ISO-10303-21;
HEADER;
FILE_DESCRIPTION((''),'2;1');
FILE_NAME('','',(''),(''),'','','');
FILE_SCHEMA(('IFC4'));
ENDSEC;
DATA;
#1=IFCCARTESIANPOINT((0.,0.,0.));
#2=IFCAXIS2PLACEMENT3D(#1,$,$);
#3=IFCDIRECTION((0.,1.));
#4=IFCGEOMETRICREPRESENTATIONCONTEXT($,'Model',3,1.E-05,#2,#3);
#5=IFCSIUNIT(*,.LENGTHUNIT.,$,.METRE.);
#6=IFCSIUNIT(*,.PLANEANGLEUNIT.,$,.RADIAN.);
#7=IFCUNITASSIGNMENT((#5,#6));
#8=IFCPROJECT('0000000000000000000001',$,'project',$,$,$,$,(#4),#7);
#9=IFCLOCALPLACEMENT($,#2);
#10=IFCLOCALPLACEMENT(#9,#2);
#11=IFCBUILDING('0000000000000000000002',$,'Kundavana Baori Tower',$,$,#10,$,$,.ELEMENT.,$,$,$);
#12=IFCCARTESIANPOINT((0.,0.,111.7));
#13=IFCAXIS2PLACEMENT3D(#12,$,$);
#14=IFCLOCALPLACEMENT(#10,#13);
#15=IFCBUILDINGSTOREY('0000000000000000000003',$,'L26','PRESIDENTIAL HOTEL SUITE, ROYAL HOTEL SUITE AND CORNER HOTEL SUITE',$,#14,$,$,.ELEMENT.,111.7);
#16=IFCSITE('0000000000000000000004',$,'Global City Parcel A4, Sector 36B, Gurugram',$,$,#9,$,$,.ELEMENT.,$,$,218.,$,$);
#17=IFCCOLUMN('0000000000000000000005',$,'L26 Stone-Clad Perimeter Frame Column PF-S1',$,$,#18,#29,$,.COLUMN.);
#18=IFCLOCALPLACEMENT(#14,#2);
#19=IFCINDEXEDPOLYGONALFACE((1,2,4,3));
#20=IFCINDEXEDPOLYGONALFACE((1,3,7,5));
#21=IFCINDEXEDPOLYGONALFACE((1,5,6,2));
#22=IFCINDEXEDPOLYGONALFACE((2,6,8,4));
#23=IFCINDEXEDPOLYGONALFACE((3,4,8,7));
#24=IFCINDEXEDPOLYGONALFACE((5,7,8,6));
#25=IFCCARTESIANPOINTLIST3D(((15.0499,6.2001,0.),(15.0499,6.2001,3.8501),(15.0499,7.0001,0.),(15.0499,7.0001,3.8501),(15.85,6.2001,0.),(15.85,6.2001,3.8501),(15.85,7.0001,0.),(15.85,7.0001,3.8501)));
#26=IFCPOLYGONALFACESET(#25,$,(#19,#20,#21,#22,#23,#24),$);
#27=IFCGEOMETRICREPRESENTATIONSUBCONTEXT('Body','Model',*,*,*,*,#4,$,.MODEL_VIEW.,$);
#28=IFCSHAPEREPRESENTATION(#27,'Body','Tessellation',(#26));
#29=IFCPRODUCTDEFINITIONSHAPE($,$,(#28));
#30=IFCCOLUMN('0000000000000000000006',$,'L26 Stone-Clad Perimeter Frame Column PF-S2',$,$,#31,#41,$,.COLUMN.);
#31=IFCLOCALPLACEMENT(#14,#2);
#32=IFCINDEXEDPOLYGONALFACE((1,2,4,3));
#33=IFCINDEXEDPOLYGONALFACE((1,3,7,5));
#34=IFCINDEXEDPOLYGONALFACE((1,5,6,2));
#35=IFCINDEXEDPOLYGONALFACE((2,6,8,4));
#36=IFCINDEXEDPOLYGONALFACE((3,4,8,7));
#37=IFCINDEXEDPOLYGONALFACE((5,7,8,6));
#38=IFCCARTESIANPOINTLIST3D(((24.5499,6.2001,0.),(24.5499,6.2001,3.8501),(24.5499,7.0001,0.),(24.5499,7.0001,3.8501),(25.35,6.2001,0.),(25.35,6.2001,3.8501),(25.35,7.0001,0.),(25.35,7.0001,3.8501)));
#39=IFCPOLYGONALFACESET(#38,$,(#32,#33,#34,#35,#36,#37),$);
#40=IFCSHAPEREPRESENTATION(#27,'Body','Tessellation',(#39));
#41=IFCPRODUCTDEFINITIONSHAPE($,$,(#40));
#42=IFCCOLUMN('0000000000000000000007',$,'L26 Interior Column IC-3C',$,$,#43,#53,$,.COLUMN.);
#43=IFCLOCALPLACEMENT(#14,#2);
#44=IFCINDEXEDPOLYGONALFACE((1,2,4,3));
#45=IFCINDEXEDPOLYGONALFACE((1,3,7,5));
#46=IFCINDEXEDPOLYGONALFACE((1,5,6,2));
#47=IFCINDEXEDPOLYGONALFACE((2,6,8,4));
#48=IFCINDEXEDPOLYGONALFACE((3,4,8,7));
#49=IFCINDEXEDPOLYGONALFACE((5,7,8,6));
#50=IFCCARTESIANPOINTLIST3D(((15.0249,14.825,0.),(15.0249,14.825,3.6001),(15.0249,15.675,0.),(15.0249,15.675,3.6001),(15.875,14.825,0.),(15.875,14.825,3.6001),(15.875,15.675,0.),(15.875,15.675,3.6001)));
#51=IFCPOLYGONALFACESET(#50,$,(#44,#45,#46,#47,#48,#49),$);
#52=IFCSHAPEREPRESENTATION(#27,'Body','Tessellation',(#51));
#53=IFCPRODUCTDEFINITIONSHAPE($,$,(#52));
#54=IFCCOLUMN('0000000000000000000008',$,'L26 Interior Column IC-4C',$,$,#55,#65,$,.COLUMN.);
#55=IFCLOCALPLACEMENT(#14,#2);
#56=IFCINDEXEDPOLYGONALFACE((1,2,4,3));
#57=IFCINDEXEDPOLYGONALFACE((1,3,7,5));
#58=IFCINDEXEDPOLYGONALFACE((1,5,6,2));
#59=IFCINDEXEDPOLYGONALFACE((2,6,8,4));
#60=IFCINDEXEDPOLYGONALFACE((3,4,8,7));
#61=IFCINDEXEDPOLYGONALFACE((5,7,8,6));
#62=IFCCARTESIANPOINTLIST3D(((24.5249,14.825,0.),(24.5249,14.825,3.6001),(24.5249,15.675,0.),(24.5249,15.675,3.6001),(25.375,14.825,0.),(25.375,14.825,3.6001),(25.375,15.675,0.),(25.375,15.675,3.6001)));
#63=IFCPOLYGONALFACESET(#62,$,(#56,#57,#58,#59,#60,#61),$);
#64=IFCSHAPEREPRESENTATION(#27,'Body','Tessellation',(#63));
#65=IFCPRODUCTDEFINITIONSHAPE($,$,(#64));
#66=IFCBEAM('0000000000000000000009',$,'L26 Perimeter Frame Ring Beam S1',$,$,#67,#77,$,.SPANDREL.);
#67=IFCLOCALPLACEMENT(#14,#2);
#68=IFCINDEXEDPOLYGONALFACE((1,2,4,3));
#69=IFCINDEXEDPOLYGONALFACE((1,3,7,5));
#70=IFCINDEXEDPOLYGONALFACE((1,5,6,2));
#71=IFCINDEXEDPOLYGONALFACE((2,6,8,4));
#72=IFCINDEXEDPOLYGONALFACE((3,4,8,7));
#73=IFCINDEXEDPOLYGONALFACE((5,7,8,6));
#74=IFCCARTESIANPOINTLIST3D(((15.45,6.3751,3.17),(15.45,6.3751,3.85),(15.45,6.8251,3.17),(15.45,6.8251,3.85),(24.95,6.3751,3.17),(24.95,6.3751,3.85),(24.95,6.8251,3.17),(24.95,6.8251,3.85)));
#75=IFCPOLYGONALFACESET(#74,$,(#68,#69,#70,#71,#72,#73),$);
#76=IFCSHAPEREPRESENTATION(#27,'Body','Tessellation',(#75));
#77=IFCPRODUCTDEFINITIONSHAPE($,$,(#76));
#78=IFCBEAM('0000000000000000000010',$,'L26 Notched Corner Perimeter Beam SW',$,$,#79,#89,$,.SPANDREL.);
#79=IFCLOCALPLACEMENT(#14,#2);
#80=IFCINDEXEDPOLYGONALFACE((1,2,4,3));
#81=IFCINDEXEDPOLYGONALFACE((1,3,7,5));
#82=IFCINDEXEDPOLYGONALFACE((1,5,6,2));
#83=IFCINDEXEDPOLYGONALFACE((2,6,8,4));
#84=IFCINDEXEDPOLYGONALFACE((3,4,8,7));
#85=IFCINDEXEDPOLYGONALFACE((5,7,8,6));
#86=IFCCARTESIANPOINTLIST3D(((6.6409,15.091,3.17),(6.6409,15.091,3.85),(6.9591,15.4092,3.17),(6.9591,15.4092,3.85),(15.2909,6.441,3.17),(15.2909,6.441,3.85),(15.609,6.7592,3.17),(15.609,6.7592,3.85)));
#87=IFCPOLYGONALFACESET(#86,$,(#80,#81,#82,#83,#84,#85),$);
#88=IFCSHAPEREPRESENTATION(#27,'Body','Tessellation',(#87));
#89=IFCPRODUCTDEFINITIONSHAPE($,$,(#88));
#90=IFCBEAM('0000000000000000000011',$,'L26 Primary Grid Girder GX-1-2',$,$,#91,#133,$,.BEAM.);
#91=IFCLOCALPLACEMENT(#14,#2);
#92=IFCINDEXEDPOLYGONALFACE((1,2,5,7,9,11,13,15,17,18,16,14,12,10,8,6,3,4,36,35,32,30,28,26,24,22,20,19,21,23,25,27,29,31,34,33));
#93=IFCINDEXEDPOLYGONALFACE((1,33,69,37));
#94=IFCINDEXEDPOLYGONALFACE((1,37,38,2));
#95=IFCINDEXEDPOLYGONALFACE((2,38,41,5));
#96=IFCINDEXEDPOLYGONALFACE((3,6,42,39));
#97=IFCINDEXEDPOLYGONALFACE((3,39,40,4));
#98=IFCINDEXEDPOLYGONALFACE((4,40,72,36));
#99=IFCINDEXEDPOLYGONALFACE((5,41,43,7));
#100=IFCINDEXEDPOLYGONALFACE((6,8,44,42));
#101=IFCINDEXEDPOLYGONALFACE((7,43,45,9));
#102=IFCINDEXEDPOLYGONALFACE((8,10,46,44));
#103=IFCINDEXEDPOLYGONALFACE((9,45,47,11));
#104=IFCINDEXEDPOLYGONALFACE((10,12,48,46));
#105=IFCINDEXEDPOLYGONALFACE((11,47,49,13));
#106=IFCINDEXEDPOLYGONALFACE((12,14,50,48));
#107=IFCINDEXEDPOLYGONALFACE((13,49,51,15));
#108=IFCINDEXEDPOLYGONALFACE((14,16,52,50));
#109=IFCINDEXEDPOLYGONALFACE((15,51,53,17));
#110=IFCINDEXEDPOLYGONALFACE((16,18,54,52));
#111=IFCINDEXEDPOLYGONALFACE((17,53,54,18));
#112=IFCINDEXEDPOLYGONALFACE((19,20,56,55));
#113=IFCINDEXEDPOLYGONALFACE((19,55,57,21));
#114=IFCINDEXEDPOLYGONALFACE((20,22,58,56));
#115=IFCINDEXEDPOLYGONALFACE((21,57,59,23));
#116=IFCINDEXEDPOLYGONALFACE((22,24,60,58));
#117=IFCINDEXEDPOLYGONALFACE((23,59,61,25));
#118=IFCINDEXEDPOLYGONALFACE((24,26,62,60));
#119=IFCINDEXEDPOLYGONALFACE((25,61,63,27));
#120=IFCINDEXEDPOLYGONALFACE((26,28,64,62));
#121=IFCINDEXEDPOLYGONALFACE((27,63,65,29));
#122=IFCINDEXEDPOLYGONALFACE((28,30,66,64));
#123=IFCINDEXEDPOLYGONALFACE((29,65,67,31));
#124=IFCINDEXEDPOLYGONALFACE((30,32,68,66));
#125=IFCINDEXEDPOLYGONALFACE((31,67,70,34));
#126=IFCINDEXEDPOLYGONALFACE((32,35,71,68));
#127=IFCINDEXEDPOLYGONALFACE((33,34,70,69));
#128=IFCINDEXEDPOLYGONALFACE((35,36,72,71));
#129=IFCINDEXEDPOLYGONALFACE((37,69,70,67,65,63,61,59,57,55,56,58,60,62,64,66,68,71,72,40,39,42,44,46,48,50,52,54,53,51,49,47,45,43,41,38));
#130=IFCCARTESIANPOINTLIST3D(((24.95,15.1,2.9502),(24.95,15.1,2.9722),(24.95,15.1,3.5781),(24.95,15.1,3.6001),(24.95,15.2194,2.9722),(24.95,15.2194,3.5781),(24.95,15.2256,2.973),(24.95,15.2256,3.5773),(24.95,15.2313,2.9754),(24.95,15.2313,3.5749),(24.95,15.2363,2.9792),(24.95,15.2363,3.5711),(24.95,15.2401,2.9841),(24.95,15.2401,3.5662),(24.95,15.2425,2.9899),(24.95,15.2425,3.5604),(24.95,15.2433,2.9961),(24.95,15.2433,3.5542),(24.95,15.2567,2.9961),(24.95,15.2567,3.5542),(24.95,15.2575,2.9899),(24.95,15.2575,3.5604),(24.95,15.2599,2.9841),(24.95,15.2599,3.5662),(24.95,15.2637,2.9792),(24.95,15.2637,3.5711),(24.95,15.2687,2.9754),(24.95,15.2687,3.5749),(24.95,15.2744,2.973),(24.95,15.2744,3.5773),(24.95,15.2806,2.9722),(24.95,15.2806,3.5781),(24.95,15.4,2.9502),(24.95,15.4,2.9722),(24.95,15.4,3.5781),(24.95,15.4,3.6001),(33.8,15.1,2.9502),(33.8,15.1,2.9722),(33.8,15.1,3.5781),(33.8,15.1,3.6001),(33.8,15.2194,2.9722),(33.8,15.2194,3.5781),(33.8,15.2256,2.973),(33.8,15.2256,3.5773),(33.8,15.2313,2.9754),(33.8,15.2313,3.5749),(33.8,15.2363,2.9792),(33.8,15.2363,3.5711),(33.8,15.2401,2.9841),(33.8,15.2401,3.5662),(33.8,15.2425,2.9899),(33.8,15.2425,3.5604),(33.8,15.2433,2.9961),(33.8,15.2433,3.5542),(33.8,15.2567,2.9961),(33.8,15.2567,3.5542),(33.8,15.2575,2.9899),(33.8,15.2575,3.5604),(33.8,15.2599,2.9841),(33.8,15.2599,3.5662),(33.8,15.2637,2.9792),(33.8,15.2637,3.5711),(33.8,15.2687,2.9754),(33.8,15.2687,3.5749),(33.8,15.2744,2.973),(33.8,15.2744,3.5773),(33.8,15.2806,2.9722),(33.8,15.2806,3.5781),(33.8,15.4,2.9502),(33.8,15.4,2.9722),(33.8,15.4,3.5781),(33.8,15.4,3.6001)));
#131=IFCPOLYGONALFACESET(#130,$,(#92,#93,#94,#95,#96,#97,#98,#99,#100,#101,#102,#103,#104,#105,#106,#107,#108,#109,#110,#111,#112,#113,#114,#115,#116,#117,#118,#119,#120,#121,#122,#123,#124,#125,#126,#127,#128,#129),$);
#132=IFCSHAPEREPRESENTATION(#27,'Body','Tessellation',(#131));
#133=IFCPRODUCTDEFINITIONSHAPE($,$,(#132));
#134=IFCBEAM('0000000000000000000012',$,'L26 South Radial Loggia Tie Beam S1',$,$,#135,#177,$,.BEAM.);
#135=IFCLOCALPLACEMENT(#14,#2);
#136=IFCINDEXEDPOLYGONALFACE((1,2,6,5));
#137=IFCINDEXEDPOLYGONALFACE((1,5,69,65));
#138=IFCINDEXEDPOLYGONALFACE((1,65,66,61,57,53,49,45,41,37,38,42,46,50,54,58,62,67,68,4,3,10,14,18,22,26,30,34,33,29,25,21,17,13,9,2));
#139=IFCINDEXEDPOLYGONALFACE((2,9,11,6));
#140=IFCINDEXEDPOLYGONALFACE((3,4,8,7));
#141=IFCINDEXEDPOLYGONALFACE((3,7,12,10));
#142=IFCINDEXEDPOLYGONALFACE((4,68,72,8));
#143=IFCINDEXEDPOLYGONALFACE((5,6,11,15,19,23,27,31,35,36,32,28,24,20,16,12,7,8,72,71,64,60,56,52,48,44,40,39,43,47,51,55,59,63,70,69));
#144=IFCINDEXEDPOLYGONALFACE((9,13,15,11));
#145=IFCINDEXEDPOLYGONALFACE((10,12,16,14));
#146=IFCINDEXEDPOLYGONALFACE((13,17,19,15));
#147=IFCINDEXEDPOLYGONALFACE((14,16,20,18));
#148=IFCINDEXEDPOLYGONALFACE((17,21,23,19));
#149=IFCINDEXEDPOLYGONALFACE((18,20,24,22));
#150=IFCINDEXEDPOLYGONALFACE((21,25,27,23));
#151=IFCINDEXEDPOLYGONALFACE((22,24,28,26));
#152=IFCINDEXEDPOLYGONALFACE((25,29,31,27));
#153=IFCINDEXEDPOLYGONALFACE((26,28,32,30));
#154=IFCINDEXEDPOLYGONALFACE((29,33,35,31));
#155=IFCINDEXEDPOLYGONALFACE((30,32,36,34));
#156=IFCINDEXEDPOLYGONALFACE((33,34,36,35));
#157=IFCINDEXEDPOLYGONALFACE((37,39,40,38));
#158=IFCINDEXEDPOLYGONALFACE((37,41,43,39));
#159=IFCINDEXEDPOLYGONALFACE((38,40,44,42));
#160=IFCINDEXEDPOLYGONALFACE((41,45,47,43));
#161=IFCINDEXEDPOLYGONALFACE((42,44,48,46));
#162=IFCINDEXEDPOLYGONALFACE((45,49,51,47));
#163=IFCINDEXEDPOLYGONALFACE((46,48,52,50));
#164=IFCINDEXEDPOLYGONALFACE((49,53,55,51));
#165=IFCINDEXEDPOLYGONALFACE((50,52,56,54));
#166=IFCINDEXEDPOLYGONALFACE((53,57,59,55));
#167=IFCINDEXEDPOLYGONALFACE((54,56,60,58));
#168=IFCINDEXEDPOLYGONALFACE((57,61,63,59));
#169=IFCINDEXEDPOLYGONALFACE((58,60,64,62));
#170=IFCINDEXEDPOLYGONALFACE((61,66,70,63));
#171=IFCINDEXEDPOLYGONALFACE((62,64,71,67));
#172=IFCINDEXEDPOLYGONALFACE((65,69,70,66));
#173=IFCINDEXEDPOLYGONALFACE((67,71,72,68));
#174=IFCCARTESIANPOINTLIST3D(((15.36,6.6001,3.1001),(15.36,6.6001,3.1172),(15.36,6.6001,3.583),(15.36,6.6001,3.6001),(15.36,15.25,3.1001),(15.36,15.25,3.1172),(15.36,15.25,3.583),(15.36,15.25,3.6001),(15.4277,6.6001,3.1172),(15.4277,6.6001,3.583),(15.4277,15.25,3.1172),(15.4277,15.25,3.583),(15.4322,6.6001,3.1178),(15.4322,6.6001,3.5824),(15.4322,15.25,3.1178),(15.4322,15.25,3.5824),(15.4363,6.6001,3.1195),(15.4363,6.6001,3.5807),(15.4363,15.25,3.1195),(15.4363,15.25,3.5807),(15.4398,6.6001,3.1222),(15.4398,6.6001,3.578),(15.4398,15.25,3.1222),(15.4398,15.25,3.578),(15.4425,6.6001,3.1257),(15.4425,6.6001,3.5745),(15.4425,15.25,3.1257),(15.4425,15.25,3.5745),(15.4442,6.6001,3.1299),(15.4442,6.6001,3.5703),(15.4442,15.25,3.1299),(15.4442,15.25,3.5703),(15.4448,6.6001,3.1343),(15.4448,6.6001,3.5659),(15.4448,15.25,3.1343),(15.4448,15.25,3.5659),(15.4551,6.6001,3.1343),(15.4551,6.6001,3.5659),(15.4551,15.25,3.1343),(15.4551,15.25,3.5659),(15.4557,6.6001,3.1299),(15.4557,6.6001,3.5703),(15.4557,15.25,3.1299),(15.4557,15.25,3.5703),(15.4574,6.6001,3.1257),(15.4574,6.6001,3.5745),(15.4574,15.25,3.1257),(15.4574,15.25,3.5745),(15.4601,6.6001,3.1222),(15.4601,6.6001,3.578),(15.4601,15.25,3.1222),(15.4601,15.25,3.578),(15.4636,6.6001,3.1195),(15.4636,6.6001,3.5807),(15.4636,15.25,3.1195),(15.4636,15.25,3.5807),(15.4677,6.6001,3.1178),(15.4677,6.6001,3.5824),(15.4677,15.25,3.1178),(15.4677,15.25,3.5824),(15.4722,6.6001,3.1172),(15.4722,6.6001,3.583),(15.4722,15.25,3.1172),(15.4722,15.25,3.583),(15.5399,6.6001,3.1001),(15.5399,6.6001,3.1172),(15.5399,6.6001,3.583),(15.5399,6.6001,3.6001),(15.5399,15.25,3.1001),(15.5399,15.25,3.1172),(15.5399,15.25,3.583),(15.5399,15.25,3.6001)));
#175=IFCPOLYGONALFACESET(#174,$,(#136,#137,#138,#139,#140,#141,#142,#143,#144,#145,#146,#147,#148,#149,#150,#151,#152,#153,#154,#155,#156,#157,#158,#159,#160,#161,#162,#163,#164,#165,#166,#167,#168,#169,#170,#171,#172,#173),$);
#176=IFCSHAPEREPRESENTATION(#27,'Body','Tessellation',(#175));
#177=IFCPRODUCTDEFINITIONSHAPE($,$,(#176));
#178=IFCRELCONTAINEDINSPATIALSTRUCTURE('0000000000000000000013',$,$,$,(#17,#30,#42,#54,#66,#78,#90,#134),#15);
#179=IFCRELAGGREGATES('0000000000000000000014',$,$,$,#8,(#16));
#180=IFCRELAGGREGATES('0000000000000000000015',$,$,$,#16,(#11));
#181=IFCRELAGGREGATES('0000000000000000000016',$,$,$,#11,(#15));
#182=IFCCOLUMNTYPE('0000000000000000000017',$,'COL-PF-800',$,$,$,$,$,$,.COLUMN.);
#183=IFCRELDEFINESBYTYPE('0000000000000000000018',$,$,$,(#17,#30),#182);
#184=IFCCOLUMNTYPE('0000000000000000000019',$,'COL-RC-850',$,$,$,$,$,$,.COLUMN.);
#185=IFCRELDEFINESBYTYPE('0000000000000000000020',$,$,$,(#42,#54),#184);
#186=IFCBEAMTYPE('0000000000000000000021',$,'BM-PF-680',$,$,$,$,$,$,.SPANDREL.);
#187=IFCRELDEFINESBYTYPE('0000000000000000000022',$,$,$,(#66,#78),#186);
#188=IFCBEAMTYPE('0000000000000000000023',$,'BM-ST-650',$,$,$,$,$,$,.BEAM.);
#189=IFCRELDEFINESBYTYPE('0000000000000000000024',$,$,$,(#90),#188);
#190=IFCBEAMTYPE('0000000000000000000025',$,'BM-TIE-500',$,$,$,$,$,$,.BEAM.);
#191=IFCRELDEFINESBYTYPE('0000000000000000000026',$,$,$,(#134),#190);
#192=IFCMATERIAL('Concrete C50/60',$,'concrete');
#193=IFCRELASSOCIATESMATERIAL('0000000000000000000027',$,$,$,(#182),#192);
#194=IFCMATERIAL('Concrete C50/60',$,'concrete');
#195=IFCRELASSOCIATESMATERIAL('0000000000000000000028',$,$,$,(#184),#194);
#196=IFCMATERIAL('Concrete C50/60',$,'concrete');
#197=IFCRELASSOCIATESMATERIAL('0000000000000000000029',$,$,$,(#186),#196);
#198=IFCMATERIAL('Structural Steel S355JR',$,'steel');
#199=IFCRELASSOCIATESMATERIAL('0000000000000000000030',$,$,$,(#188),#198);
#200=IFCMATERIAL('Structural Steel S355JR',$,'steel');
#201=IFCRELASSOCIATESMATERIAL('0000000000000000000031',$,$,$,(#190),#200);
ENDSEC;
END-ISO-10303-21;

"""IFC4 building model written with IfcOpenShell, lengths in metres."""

from ifc_helpers import new_model, si_unit, direction, frame, origin, origin_2d, place, context, subcontext, project, spatial, rectangle, i_section, extrude, material, material_profile, profile_set, type_object, element, save


model = new_model("IFC4")

# Units and contexts
model_context = context("Model", 3, precision=1e-05, world=origin(), true_north=direction((0.0, 1.0)))
body_context = subcontext(model_context, "Body", "Model", "MODEL_VIEW")
ifc_project = project(units=[si_unit("LENGTHUNIT", "METRE"), si_unit("PLANEANGLEUNIT", "RADIAN")], contexts=[model_context])

# Site, building, storey
site_placement = place(None, origin())
site = spatial("IfcSite", under=ifc_project, at=site_placement, Name="Global City Parcel A4, Sector 36B, Gurugram", CompositionType="ELEMENT", RefElevation=218.0)
building_placement = place(site_placement, origin())
building = spatial("IfcBuilding", under=site, at=building_placement, Name="Kundavana Baori Tower", CompositionType="ELEMENT")
storey_placement = place(building_placement, frame((0.0, 0.0, 111.7)))
storey = spatial("IfcBuildingStorey", under=building, at=storey_placement, Name="L26", Description="PRESIDENTIAL HOTEL SUITE, ROYAL HOTEL SUITE AND CORNER HOTEL SUITE", CompositionType="ELEMENT", Elevation=111.7)

# Columns
ifc_material_1 = material(Name="Concrete C50/60", Category="concrete")
ifc_material_profile_1 = material_profile(ifc_material_1, rectangle(XDim=0.8, YDim=0.8, at=origin_2d()), Name="RC PF 800x800")
ifc_profile_set_1 = profile_set([ifc_material_profile_1], Name="Concrete C50/60")
column_type_1 = type_object("IfcColumnType", Name="COL-PF-800", PredefinedType="COLUMN", material=ifc_profile_set_1)
for number, where, z_axis, x_axis, name in (
    (1, (15.45, 6.6001, 0.0), (0.0, 0.0, 1.0), (1.0, 0.0, 0.0), "L26 Stone-Clad Perimeter Frame Column PF-S1"),
    (2, (24.95, 6.6001, 0.0), (0.0, 0.0, 1.0), (1.0, 0.0, 0.0), "L26 Stone-Clad Perimeter Frame Column PF-S2"),
):
    element("IfcColumn", number, at=place(storey_placement, frame(where, z_axis=z_axis, x_axis=x_axis)), inside=storey, type_object=column_type_1, Name=name, PredefinedType="COLUMN", context=body_context, shape_type="SweptSolid", body=[
        extrude(rectangle(XDim=0.8, YDim=0.8, at=origin_2d()), origin(), (0.0, 0.0, 1.0), 3.8501),
    ])
ifc_material_2 = material(Name="Concrete C50/60", Category="concrete")
ifc_material_profile_2 = material_profile(ifc_material_2, rectangle(XDim=0.8501, YDim=0.8501, at=origin_2d()), Name="RC 850x850")
ifc_profile_set_2 = profile_set([ifc_material_profile_2], Name="Concrete C50/60")
column_type_2 = type_object("IfcColumnType", Name="COL-RC-850", PredefinedType="COLUMN", material=ifc_profile_set_2)
for number, where, z_axis, x_axis, name in (
    (3, (15.45, 15.25, 0.0), (0.0, 0.0, 1.0), (1.0, 0.0, 0.0), "L26 Interior Column IC-3C"),
    (4, (24.95, 15.25, 0.0), (0.0, 0.0, 1.0), (1.0, 0.0, 0.0), "L26 Interior Column IC-4C"),
):
    element("IfcColumn", number, at=place(storey_placement, frame(where, z_axis=z_axis, x_axis=x_axis)), inside=storey, type_object=column_type_2, Name=name, PredefinedType="COLUMN", context=body_context, shape_type="SweptSolid", body=[
        extrude(rectangle(XDim=0.8501, YDim=0.8501, at=origin_2d()), origin(), (0.0, 0.0, 1.0), 3.6001),
    ])

# Beams
ifc_material_3 = material(Name="Concrete C50/60", Category="concrete")
ifc_material_profile_3 = material_profile(ifc_material_3, rectangle(XDim=0.45, YDim=0.6799, at=origin_2d()), Name="RC BM 450x680")
ifc_profile_set_3 = profile_set([ifc_material_profile_3], Name="Concrete C50/60")
beam_type_1 = type_object("IfcBeamType", Name="BM-PF-680", PredefinedType="SPANDREL", material=ifc_profile_set_3)
beam_1_placement = place(storey_placement, frame((15.45, 6.6001, 3.51), z_axis=(1.0, 0.0, 0.0), x_axis=(0.0, 1.0, 0.0)))
element("IfcBeam", 5, at=beam_1_placement, inside=storey, type_object=beam_type_1, Name="L26 Perimeter Frame Ring Beam S1", PredefinedType="SPANDREL", context=body_context, shape_type="SweptSolid", body=[
    extrude(rectangle(XDim=0.45, YDim=0.6799, at=origin_2d()), origin(), (0.0, 0.0, 1.0), 9.5),
])
beam_2_placement = place(storey_placement, frame((15.45, 6.6001, 3.51), z_axis=(-0.707107, 0.707107, 0.0), x_axis=(-0.707107, -0.707107, 0.0)))
element("IfcBeam", 6, at=beam_2_placement, inside=storey, type_object=beam_type_1, Name="L26 Notched Corner Perimeter Beam SW", PredefinedType="SPANDREL", context=body_context, shape_type="SweptSolid", body=[
    extrude(rectangle(XDim=0.45, YDim=0.6799, at=origin_2d()), origin(), (0.0, 0.0, 1.0), 12.2329),
])
ifc_material_4 = material(Name="Structural Steel S355JR", Category="steel")
ifc_material_profile_4 = material_profile(ifc_material_4, i_section(OverallWidth=0.3, OverallDepth=0.6499, WebThickness=0.0134, FlangeThickness=0.022, FilletRadius=0.0239, at=origin_2d()), Name="NPB 650x300x155")
ifc_profile_set_4 = profile_set([ifc_material_profile_4], Name="Structural Steel S355JR")
beam_type_2 = type_object("IfcBeamType", Name="BM-ST-650", PredefinedType="BEAM", material=ifc_profile_set_4)
beam_3_placement = place(storey_placement, frame((24.95, 15.25, 3.2751), z_axis=(1.0, 0.0, 0.0), x_axis=(0.0, 1.0, 0.0)))
element("IfcBeam", 7, at=beam_3_placement, inside=storey, type_object=beam_type_2, Name="L26 Primary Grid Girder GX-1-2", PredefinedType="BEAM", context=body_context, shape_type="SweptSolid", body=[
    extrude(i_section(OverallWidth=0.3, OverallDepth=0.6499, WebThickness=0.0134, FlangeThickness=0.022, FilletRadius=0.0239, at=origin_2d()), origin(), (0.0, 0.0, 1.0), 8.8501),
])
ifc_material_5 = material(Name="Structural Steel S355JR", Category="steel")
ifc_material_profile_5 = material_profile(ifc_material_5, i_section(OverallWidth=0.1799, OverallDepth=0.5, WebThickness=0.0103, FlangeThickness=0.0171, FilletRadius=0.0171, at=origin_2d()), Name="ISMB 500")
ifc_profile_set_5 = profile_set([ifc_material_profile_5], Name="Structural Steel S355JR")
beam_type_3 = type_object("IfcBeamType", Name="BM-TIE-500", PredefinedType="BEAM", material=ifc_profile_set_5)
for number, where, z_axis, x_axis, name in (
    (8, (15.45, 15.25, 3.3501), (0.0, -1.0, 0.0), (1.0, 0.0, 0.0), "L26 South Radial Loggia Tie Beam S1"),
):
    element("IfcBeam", number, at=place(storey_placement, frame(where, z_axis=z_axis, x_axis=x_axis)), inside=storey, type_object=beam_type_3, Name=name, PredefinedType="BEAM", context=body_context, shape_type="SweptSolid", body=[
        extrude(i_section(OverallWidth=0.1799, OverallDepth=0.5, WebThickness=0.0103, FlangeThickness=0.0171, FilletRadius=0.0171, at=origin_2d()), origin(), (0.0, 0.0, 1.0), 8.6499),
    ])

save(model, "model.ifc")
